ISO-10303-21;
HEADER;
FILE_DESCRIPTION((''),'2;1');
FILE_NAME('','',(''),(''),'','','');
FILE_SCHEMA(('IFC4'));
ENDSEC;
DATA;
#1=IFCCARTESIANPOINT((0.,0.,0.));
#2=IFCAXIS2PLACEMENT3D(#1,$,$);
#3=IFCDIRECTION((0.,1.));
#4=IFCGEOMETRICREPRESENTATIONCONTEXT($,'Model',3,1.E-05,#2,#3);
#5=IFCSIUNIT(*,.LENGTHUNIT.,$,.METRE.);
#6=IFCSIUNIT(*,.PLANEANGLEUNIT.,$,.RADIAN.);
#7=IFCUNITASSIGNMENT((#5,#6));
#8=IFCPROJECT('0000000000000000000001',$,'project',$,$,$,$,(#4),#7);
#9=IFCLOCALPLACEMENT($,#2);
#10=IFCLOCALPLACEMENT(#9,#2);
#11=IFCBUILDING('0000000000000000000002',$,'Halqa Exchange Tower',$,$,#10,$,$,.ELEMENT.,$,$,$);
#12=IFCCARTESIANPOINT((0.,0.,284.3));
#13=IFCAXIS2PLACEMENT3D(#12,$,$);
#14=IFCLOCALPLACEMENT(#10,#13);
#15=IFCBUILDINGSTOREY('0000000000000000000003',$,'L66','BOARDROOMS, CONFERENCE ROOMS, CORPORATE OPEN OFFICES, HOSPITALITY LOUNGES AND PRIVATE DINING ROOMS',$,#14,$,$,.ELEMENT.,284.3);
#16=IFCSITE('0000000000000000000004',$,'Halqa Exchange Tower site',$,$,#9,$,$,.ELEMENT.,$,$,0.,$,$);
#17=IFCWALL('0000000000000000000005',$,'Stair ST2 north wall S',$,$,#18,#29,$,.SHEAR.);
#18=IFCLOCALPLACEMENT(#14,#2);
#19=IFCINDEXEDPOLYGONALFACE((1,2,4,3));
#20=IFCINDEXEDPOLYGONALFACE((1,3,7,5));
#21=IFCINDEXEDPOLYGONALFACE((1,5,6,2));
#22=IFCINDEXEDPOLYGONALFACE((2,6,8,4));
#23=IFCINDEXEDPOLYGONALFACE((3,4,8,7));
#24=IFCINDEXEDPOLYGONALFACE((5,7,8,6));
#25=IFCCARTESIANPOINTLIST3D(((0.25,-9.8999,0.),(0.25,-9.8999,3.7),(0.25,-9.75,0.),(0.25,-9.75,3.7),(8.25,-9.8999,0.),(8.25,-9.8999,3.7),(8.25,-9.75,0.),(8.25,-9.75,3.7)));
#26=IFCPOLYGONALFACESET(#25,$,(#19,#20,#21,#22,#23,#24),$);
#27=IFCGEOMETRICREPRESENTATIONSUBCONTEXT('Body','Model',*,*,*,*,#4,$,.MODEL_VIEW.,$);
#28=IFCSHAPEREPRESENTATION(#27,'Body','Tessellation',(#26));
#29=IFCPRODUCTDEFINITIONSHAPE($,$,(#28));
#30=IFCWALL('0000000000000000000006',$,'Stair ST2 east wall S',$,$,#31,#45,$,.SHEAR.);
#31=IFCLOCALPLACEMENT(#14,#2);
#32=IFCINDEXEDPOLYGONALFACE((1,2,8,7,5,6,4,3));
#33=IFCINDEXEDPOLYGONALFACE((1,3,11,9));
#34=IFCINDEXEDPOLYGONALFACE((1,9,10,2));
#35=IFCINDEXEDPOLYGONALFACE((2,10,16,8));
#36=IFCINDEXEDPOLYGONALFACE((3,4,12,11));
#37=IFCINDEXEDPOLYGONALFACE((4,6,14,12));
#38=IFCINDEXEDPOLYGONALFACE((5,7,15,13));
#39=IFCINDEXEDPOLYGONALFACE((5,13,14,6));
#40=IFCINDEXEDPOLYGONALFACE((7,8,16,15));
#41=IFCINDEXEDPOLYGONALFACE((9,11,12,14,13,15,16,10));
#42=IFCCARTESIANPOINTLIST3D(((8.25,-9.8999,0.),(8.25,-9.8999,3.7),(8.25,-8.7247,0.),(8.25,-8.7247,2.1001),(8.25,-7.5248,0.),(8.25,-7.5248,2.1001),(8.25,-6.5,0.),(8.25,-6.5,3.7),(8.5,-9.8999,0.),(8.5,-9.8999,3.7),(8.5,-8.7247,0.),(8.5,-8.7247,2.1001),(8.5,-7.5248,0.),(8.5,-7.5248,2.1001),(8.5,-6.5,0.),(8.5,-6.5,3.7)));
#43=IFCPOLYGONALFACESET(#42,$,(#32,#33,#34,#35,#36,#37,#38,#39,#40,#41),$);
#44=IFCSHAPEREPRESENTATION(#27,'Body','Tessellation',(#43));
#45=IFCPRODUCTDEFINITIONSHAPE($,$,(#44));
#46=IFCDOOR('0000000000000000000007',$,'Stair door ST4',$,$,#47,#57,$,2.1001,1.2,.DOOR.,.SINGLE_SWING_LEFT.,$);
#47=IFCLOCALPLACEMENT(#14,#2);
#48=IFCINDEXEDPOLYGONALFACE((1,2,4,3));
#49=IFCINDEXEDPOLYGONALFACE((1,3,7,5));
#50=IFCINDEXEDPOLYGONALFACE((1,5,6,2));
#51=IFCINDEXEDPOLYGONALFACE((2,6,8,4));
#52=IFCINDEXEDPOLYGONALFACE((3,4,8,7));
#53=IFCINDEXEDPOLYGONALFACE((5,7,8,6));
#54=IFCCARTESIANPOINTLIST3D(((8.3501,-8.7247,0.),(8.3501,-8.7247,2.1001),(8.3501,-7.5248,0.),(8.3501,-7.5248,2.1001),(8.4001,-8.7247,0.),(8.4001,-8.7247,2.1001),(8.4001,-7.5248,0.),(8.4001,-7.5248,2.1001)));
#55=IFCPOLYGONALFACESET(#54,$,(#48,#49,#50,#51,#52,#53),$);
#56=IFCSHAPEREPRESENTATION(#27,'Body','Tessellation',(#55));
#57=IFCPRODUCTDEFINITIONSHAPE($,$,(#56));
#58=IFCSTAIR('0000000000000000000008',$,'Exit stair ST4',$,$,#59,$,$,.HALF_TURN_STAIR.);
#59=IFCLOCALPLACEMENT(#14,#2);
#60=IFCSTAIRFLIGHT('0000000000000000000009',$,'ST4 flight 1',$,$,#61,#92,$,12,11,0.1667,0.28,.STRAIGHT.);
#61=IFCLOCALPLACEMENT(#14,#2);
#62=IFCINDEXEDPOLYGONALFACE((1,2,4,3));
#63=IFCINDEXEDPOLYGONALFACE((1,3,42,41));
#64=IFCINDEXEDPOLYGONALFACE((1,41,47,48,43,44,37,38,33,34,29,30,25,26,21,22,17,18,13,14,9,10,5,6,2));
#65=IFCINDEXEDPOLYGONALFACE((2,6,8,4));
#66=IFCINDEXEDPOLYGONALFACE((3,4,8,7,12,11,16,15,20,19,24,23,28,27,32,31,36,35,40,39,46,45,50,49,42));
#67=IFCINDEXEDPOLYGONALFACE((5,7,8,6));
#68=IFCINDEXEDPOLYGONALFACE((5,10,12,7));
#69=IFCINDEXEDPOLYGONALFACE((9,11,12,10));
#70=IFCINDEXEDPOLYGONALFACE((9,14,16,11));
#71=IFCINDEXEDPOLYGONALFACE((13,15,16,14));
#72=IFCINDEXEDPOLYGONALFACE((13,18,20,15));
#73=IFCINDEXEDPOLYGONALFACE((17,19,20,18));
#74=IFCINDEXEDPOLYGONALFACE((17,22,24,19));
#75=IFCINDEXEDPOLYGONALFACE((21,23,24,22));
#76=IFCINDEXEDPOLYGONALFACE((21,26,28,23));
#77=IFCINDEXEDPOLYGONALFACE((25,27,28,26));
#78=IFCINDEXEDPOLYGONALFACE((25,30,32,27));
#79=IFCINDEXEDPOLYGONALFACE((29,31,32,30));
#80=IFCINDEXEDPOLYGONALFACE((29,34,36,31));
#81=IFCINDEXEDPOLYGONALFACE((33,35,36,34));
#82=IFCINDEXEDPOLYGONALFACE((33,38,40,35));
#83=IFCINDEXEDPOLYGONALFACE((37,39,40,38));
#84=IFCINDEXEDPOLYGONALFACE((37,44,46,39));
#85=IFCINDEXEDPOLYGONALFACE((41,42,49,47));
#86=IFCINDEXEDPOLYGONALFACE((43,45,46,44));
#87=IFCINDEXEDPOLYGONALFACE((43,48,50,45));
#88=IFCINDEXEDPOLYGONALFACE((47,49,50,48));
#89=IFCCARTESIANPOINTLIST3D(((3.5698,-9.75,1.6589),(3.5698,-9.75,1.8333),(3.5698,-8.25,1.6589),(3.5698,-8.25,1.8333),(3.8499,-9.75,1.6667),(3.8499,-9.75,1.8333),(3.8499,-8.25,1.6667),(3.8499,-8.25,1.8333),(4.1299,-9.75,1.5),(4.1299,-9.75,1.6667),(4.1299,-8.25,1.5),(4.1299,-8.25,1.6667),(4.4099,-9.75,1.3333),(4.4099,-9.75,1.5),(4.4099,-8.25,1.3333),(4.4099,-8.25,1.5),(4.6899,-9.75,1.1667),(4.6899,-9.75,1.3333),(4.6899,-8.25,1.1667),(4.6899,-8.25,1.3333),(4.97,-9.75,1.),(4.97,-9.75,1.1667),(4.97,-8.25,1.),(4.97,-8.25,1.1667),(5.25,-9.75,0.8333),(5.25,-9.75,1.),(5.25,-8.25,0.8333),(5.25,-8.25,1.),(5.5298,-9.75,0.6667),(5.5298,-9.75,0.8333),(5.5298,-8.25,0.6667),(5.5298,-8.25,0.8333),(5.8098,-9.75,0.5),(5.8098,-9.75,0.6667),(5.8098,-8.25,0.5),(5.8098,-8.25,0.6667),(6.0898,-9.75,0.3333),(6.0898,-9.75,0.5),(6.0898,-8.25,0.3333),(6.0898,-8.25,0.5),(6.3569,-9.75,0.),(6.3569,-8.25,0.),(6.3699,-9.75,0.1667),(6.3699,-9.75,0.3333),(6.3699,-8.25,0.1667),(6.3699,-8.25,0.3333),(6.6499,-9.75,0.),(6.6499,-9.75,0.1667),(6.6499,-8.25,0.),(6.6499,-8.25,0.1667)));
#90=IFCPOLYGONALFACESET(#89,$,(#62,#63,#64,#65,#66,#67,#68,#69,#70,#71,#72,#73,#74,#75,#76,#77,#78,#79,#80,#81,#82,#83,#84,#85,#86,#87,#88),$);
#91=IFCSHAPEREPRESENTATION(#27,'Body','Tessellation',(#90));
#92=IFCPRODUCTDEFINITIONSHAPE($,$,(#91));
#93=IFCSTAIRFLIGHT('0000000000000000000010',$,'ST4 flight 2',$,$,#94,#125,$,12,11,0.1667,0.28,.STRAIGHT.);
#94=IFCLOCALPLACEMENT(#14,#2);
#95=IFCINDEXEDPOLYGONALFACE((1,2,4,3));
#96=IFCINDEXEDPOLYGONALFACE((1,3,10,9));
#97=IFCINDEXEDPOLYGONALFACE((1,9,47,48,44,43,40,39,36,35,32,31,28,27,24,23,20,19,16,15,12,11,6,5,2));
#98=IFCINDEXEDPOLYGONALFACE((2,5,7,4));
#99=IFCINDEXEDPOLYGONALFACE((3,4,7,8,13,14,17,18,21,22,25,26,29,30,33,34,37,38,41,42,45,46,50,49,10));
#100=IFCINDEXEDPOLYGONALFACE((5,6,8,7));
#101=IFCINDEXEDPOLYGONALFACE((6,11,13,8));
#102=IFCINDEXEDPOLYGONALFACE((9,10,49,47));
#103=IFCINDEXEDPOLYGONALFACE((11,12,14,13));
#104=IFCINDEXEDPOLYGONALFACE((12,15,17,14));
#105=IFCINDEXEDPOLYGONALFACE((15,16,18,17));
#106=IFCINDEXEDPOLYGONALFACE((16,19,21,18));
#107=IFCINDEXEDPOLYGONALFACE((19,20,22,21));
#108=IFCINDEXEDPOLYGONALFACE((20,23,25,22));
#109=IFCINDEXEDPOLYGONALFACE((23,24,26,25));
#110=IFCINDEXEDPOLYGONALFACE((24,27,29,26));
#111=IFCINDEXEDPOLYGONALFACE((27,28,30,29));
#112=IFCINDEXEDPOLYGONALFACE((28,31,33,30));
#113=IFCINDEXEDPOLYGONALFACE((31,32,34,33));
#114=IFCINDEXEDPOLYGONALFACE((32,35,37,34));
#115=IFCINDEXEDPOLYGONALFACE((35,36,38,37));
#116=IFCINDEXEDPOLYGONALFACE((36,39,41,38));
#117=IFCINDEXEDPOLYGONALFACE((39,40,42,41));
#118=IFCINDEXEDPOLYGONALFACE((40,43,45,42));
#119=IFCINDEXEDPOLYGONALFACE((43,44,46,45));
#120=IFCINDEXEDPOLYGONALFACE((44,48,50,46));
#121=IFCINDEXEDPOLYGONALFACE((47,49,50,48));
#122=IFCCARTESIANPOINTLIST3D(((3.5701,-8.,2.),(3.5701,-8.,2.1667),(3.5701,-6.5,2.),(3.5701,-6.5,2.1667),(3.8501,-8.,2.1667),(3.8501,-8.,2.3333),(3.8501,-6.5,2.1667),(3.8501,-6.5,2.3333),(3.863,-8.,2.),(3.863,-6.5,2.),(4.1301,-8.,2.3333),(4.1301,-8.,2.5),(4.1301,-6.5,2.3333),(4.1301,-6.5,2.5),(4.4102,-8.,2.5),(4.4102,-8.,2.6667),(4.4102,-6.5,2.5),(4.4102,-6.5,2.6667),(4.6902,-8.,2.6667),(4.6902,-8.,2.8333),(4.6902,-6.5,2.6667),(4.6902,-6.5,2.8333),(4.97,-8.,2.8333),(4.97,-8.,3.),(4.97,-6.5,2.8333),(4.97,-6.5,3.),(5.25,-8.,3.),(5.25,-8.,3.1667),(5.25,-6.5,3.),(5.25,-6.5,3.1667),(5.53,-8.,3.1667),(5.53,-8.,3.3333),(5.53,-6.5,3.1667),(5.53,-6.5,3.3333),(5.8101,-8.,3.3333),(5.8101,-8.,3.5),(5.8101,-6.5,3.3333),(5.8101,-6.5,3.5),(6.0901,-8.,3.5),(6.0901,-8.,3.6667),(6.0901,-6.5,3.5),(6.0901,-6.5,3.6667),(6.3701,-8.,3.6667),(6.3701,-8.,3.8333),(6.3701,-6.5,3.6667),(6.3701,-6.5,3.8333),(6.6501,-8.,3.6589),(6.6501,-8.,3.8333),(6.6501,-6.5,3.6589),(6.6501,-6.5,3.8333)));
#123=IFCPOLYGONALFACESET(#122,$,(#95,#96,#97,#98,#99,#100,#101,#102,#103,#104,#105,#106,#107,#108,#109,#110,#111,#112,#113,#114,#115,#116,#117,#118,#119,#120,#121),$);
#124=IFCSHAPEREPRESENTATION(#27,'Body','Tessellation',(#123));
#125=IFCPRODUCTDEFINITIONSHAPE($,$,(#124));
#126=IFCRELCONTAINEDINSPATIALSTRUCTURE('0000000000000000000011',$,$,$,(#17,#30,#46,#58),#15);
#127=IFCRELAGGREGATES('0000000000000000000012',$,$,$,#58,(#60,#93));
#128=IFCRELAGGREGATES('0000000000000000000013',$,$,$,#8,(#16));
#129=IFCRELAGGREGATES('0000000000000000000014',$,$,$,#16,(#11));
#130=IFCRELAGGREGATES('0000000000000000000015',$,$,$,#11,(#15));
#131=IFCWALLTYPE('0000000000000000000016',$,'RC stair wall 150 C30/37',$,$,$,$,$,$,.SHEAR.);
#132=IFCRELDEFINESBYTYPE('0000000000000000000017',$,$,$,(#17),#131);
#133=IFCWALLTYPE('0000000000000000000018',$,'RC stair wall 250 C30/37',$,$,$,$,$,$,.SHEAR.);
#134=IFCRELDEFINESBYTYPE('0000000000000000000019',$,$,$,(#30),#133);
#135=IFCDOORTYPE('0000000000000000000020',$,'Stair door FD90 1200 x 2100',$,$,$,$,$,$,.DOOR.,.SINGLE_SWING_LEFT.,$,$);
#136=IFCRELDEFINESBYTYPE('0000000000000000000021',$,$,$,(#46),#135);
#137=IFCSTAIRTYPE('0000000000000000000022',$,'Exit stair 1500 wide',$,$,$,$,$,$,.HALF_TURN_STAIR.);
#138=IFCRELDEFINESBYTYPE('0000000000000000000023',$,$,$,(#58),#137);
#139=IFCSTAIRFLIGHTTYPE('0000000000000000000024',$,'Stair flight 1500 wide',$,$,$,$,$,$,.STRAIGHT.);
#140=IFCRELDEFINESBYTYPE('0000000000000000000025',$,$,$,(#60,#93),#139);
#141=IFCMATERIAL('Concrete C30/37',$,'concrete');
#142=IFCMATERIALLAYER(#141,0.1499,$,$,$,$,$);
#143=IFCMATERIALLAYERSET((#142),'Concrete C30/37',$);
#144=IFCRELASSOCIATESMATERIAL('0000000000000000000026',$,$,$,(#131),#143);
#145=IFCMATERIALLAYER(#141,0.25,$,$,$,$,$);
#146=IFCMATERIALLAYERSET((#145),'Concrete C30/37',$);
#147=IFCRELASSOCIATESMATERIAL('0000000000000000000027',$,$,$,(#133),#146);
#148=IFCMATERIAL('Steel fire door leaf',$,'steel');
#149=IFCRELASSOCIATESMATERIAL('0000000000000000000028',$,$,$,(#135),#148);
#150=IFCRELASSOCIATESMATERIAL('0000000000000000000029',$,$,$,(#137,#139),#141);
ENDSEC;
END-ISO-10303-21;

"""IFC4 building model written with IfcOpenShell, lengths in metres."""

from ifc_helpers import new_model, si_unit, direction, frame, frame_2d, origin, place, context, subcontext, project, spatial, polyline, rectangle, outline, extrude, material, layer, layer_set, type_object, element, fill, aggregate, save


model = new_model("IFC4")

# Units and contexts
model_context = context("Model", 3, precision=1e-05, world=origin(), true_north=direction((0.0, 1.0)))
body_context = subcontext(model_context, "Body", "Model", "MODEL_VIEW")
ifc_project = project(units=[si_unit("LENGTHUNIT", "METRE"), si_unit("PLANEANGLEUNIT", "RADIAN")], contexts=[model_context])

# Site, building, storey
site_placement = place(None, origin())
site = spatial("IfcSite", under=ifc_project, at=site_placement, Name="Halqa Exchange Tower site", CompositionType="ELEMENT", RefElevation=0.0)
building_placement = place(site_placement, origin())
building = spatial("IfcBuilding", under=site, at=building_placement, Name="Halqa Exchange Tower", CompositionType="ELEMENT")
storey_placement = place(building_placement, frame((0.0, 0.0, 284.3)))
storey = spatial("IfcBuildingStorey", under=building, at=storey_placement, Name="L66", Description="BOARDROOMS, CONFERENCE ROOMS, CORPORATE OPEN OFFICES, HOSPITALITY LOUNGES AND PRIVATE DINING ROOMS", CompositionType="ELEMENT", Elevation=284.3)

# Shared definitions
ifc_material_1 = material(Name="Steel fire door leaf", Category="steel")

# Wall
ifc_material_2 = material(Name="Concrete C30/37", Category="concrete")
ifc_layer_1 = layer(ifc_material_2, 0.1499)
ifc_layer_set_1 = layer_set([ifc_layer_1], Name="Concrete C30/37")
wall_type_1 = type_object("IfcWallType", Name="RC stair wall 150 C30/37", PredefinedType="SHEAR", material=ifc_layer_set_1)
wall_1_placement = place(storey_placement, frame((0.25, -9.825, 0.0), z_axis=(0.0, 0.0, 1.0), x_axis=(1.0, 0.0, 0.0)))
element("IfcWall", 1, at=wall_1_placement, inside=storey, type_object=wall_type_1, Name="Stair ST2 north wall S", PredefinedType="SHEAR", context=body_context, shape_type="SweptSolid", body=[
    extrude(rectangle(XDim=8.0, YDim=0.1499, at=frame_2d((4.0, 0.0))), origin(), (0.0, 0.0, 1.0), 3.7),
])

# Wall, opening, door
ifc_layer_2 = layer(ifc_material_2, 0.25)
ifc_layer_set_2 = layer_set([ifc_layer_2], Name="Concrete C30/37")
wall_type_2 = type_object("IfcWallType", Name="RC stair wall 250 C30/37", PredefinedType="SHEAR", material=ifc_layer_set_2)
wall_2_placement = place(storey_placement, frame((8.375, -9.8999, 0.0), z_axis=(0.0, 0.0, 1.0), x_axis=(0.0, 1.0, 0.0)))
wall_2 = element("IfcWall", 2, at=wall_2_placement, inside=storey, type_object=wall_type_2, Name="Stair ST2 east wall S", PredefinedType="SHEAR", context=body_context, shape_type="SweptSolid", body=[
    extrude(rectangle(XDim=3.3999, YDim=0.25, at=frame_2d((1.7, 0.0))), origin(), (0.0, 0.0, 1.0), 3.7),
])
opening_1_placement = place(wall_2_placement, frame((1.175, 0.0, 0.0)))
opening_1 = element("IfcOpeningElement", 3, at=opening_1_placement, cuts=wall_2, PredefinedType="OPENING", context=body_context, shape_type="SweptSolid", body=[
    extrude(rectangle(XDim=1.2, YDim=2.1001, at=frame_2d((0.6001, 1.05))), frame((0.0, 0.137, 0.0), z_axis=(0.0, -1.0, 0.0), x_axis=(1.0, 0.0, 0.0)), (0.0, 0.0, 1.0), 0.2739),
])
door_type_1 = type_object("IfcDoorType", Name="Stair door FD90 1200 x 2100", OperationType="SINGLE_SWING_LEFT", PredefinedType="DOOR", material=ifc_material_1)
door_1_placement = place(opening_1_placement, origin())
door_1 = element("IfcDoor", 4, at=door_1_placement, inside=storey, type_object=door_type_1, Name="Stair door ST4", OperationType="SINGLE_SWING_LEFT", OverallHeight=2.1001, OverallWidth=1.2, PredefinedType="DOOR", context=body_context, shape_type="SweptSolid", body=[
    extrude(rectangle(XDim=1.2, YDim=2.1001, at=frame_2d((0.6001, 1.05))), frame((0.0, 0.0249, 0.0), z_axis=(0.0, -1.0, 0.0), x_axis=(1.0, 0.0, 0.0)), (0.0, 0.0, 1.0), 0.05),
])
fill(opening_1, door_1)

# Stair, stair flights
stair_type = type_object("IfcStairType", Name="Exit stair 1500 wide", PredefinedType="HALF_TURN_STAIR", material=ifc_material_2)
stair_placement = place(storey_placement, origin())
stair = element("IfcStair", 5, at=stair_placement, inside=storey, type_object=stair_type, Name="Exit stair ST4", PredefinedType="HALF_TURN_STAIR")
stair_flight_type = type_object("IfcStairFlightType", Name="Stair flight 1500 wide", PredefinedType="STRAIGHT", material=ifc_material_2)
stair_flight_1_placement = place(storey_placement, frame((6.6499, -9.0, 0.0), z_axis=(0.0, 0.0, 1.0), x_axis=(-1.0, 0.0, 0.0)))
stair_flight_1 = element("IfcStairFlight", 6, at=stair_flight_1_placement, type_object=stair_flight_type, Name="ST4 flight 1", NumberOfRisers=12, NumberOfTreads=11, PredefinedType="STRAIGHT", RiserHeight=0.1667, TreadLength=0.28, context=body_context, shape_type="SweptSolid", body=[
    extrude(outline(polyline([(0.0, 0.0), (0.0, 0.1667), (0.28, 0.1667), (0.28, 0.3333), (0.5601, 0.3333), (0.5601, 0.5), (0.8401, 0.5), (0.8401, 0.6667), (1.1201, 0.6667), (1.1201, 0.8333), (1.3999, 0.8333), (1.3999, 1.0), (1.6799, 1.0), (1.6799, 1.1667), (1.96, 1.1667), (1.96, 1.3333), (2.24, 1.3333), (2.24, 1.5), (2.52, 1.5), (2.52, 1.6667), (2.8, 1.6667), (2.8, 1.8333), (3.0801, 1.8333), (3.0801, 2.0), (3.0801, 1.6589), (0.293, 0.0), (0.0, 0.0)])), frame((0.0, 0.75, 0.0), z_axis=(0.0, -1.0, 0.0), x_axis=(1.0, 0.0, 0.0)), (0.0, 0.0, 1.0), 1.5),
])
stair_flight_2_placement = place(storey_placement, frame((3.5701, -7.25, 2.0), z_axis=(0.0, 0.0, 1.0), x_axis=(1.0, 0.0, 0.0)))
stair_flight_2 = element("IfcStairFlight", 7, at=stair_flight_2_placement, type_object=stair_flight_type, Name="ST4 flight 2", NumberOfRisers=12, NumberOfTreads=11, PredefinedType="STRAIGHT", RiserHeight=0.1667, TreadLength=0.28, context=body_context, shape_type="SweptSolid", body=[
    extrude(outline(polyline([(0.0, 0.0), (0.0, 0.1667), (0.28, 0.1667), (0.28, 0.3333), (0.5601, 0.3333), (0.5601, 0.5), (0.8401, 0.5), (0.8401, 0.6667), (1.1201, 0.6667), (1.1201, 0.8333), (1.3999, 0.8333), (1.3999, 1.0), (1.6799, 1.0), (1.6799, 1.1667), (1.96, 1.1667), (1.96, 1.3333), (2.24, 1.3333), (2.24, 1.5), (2.52, 1.5), (2.52, 1.6667), (2.8, 1.6667), (2.8, 1.8333), (3.0801, 1.8333), (3.0801, 2.0), (3.0801, 1.6589), (0.293, 0.0), (0.0, 0.0)])), frame((0.0, 0.75, 0.0), z_axis=(0.0, -1.0, 0.0), x_axis=(1.0, 0.0, 0.0)), (0.0, 0.0, 1.0), 1.5),
])
aggregate(stair, [stair_flight_1, stair_flight_2])

save(model, "model.ifc")
